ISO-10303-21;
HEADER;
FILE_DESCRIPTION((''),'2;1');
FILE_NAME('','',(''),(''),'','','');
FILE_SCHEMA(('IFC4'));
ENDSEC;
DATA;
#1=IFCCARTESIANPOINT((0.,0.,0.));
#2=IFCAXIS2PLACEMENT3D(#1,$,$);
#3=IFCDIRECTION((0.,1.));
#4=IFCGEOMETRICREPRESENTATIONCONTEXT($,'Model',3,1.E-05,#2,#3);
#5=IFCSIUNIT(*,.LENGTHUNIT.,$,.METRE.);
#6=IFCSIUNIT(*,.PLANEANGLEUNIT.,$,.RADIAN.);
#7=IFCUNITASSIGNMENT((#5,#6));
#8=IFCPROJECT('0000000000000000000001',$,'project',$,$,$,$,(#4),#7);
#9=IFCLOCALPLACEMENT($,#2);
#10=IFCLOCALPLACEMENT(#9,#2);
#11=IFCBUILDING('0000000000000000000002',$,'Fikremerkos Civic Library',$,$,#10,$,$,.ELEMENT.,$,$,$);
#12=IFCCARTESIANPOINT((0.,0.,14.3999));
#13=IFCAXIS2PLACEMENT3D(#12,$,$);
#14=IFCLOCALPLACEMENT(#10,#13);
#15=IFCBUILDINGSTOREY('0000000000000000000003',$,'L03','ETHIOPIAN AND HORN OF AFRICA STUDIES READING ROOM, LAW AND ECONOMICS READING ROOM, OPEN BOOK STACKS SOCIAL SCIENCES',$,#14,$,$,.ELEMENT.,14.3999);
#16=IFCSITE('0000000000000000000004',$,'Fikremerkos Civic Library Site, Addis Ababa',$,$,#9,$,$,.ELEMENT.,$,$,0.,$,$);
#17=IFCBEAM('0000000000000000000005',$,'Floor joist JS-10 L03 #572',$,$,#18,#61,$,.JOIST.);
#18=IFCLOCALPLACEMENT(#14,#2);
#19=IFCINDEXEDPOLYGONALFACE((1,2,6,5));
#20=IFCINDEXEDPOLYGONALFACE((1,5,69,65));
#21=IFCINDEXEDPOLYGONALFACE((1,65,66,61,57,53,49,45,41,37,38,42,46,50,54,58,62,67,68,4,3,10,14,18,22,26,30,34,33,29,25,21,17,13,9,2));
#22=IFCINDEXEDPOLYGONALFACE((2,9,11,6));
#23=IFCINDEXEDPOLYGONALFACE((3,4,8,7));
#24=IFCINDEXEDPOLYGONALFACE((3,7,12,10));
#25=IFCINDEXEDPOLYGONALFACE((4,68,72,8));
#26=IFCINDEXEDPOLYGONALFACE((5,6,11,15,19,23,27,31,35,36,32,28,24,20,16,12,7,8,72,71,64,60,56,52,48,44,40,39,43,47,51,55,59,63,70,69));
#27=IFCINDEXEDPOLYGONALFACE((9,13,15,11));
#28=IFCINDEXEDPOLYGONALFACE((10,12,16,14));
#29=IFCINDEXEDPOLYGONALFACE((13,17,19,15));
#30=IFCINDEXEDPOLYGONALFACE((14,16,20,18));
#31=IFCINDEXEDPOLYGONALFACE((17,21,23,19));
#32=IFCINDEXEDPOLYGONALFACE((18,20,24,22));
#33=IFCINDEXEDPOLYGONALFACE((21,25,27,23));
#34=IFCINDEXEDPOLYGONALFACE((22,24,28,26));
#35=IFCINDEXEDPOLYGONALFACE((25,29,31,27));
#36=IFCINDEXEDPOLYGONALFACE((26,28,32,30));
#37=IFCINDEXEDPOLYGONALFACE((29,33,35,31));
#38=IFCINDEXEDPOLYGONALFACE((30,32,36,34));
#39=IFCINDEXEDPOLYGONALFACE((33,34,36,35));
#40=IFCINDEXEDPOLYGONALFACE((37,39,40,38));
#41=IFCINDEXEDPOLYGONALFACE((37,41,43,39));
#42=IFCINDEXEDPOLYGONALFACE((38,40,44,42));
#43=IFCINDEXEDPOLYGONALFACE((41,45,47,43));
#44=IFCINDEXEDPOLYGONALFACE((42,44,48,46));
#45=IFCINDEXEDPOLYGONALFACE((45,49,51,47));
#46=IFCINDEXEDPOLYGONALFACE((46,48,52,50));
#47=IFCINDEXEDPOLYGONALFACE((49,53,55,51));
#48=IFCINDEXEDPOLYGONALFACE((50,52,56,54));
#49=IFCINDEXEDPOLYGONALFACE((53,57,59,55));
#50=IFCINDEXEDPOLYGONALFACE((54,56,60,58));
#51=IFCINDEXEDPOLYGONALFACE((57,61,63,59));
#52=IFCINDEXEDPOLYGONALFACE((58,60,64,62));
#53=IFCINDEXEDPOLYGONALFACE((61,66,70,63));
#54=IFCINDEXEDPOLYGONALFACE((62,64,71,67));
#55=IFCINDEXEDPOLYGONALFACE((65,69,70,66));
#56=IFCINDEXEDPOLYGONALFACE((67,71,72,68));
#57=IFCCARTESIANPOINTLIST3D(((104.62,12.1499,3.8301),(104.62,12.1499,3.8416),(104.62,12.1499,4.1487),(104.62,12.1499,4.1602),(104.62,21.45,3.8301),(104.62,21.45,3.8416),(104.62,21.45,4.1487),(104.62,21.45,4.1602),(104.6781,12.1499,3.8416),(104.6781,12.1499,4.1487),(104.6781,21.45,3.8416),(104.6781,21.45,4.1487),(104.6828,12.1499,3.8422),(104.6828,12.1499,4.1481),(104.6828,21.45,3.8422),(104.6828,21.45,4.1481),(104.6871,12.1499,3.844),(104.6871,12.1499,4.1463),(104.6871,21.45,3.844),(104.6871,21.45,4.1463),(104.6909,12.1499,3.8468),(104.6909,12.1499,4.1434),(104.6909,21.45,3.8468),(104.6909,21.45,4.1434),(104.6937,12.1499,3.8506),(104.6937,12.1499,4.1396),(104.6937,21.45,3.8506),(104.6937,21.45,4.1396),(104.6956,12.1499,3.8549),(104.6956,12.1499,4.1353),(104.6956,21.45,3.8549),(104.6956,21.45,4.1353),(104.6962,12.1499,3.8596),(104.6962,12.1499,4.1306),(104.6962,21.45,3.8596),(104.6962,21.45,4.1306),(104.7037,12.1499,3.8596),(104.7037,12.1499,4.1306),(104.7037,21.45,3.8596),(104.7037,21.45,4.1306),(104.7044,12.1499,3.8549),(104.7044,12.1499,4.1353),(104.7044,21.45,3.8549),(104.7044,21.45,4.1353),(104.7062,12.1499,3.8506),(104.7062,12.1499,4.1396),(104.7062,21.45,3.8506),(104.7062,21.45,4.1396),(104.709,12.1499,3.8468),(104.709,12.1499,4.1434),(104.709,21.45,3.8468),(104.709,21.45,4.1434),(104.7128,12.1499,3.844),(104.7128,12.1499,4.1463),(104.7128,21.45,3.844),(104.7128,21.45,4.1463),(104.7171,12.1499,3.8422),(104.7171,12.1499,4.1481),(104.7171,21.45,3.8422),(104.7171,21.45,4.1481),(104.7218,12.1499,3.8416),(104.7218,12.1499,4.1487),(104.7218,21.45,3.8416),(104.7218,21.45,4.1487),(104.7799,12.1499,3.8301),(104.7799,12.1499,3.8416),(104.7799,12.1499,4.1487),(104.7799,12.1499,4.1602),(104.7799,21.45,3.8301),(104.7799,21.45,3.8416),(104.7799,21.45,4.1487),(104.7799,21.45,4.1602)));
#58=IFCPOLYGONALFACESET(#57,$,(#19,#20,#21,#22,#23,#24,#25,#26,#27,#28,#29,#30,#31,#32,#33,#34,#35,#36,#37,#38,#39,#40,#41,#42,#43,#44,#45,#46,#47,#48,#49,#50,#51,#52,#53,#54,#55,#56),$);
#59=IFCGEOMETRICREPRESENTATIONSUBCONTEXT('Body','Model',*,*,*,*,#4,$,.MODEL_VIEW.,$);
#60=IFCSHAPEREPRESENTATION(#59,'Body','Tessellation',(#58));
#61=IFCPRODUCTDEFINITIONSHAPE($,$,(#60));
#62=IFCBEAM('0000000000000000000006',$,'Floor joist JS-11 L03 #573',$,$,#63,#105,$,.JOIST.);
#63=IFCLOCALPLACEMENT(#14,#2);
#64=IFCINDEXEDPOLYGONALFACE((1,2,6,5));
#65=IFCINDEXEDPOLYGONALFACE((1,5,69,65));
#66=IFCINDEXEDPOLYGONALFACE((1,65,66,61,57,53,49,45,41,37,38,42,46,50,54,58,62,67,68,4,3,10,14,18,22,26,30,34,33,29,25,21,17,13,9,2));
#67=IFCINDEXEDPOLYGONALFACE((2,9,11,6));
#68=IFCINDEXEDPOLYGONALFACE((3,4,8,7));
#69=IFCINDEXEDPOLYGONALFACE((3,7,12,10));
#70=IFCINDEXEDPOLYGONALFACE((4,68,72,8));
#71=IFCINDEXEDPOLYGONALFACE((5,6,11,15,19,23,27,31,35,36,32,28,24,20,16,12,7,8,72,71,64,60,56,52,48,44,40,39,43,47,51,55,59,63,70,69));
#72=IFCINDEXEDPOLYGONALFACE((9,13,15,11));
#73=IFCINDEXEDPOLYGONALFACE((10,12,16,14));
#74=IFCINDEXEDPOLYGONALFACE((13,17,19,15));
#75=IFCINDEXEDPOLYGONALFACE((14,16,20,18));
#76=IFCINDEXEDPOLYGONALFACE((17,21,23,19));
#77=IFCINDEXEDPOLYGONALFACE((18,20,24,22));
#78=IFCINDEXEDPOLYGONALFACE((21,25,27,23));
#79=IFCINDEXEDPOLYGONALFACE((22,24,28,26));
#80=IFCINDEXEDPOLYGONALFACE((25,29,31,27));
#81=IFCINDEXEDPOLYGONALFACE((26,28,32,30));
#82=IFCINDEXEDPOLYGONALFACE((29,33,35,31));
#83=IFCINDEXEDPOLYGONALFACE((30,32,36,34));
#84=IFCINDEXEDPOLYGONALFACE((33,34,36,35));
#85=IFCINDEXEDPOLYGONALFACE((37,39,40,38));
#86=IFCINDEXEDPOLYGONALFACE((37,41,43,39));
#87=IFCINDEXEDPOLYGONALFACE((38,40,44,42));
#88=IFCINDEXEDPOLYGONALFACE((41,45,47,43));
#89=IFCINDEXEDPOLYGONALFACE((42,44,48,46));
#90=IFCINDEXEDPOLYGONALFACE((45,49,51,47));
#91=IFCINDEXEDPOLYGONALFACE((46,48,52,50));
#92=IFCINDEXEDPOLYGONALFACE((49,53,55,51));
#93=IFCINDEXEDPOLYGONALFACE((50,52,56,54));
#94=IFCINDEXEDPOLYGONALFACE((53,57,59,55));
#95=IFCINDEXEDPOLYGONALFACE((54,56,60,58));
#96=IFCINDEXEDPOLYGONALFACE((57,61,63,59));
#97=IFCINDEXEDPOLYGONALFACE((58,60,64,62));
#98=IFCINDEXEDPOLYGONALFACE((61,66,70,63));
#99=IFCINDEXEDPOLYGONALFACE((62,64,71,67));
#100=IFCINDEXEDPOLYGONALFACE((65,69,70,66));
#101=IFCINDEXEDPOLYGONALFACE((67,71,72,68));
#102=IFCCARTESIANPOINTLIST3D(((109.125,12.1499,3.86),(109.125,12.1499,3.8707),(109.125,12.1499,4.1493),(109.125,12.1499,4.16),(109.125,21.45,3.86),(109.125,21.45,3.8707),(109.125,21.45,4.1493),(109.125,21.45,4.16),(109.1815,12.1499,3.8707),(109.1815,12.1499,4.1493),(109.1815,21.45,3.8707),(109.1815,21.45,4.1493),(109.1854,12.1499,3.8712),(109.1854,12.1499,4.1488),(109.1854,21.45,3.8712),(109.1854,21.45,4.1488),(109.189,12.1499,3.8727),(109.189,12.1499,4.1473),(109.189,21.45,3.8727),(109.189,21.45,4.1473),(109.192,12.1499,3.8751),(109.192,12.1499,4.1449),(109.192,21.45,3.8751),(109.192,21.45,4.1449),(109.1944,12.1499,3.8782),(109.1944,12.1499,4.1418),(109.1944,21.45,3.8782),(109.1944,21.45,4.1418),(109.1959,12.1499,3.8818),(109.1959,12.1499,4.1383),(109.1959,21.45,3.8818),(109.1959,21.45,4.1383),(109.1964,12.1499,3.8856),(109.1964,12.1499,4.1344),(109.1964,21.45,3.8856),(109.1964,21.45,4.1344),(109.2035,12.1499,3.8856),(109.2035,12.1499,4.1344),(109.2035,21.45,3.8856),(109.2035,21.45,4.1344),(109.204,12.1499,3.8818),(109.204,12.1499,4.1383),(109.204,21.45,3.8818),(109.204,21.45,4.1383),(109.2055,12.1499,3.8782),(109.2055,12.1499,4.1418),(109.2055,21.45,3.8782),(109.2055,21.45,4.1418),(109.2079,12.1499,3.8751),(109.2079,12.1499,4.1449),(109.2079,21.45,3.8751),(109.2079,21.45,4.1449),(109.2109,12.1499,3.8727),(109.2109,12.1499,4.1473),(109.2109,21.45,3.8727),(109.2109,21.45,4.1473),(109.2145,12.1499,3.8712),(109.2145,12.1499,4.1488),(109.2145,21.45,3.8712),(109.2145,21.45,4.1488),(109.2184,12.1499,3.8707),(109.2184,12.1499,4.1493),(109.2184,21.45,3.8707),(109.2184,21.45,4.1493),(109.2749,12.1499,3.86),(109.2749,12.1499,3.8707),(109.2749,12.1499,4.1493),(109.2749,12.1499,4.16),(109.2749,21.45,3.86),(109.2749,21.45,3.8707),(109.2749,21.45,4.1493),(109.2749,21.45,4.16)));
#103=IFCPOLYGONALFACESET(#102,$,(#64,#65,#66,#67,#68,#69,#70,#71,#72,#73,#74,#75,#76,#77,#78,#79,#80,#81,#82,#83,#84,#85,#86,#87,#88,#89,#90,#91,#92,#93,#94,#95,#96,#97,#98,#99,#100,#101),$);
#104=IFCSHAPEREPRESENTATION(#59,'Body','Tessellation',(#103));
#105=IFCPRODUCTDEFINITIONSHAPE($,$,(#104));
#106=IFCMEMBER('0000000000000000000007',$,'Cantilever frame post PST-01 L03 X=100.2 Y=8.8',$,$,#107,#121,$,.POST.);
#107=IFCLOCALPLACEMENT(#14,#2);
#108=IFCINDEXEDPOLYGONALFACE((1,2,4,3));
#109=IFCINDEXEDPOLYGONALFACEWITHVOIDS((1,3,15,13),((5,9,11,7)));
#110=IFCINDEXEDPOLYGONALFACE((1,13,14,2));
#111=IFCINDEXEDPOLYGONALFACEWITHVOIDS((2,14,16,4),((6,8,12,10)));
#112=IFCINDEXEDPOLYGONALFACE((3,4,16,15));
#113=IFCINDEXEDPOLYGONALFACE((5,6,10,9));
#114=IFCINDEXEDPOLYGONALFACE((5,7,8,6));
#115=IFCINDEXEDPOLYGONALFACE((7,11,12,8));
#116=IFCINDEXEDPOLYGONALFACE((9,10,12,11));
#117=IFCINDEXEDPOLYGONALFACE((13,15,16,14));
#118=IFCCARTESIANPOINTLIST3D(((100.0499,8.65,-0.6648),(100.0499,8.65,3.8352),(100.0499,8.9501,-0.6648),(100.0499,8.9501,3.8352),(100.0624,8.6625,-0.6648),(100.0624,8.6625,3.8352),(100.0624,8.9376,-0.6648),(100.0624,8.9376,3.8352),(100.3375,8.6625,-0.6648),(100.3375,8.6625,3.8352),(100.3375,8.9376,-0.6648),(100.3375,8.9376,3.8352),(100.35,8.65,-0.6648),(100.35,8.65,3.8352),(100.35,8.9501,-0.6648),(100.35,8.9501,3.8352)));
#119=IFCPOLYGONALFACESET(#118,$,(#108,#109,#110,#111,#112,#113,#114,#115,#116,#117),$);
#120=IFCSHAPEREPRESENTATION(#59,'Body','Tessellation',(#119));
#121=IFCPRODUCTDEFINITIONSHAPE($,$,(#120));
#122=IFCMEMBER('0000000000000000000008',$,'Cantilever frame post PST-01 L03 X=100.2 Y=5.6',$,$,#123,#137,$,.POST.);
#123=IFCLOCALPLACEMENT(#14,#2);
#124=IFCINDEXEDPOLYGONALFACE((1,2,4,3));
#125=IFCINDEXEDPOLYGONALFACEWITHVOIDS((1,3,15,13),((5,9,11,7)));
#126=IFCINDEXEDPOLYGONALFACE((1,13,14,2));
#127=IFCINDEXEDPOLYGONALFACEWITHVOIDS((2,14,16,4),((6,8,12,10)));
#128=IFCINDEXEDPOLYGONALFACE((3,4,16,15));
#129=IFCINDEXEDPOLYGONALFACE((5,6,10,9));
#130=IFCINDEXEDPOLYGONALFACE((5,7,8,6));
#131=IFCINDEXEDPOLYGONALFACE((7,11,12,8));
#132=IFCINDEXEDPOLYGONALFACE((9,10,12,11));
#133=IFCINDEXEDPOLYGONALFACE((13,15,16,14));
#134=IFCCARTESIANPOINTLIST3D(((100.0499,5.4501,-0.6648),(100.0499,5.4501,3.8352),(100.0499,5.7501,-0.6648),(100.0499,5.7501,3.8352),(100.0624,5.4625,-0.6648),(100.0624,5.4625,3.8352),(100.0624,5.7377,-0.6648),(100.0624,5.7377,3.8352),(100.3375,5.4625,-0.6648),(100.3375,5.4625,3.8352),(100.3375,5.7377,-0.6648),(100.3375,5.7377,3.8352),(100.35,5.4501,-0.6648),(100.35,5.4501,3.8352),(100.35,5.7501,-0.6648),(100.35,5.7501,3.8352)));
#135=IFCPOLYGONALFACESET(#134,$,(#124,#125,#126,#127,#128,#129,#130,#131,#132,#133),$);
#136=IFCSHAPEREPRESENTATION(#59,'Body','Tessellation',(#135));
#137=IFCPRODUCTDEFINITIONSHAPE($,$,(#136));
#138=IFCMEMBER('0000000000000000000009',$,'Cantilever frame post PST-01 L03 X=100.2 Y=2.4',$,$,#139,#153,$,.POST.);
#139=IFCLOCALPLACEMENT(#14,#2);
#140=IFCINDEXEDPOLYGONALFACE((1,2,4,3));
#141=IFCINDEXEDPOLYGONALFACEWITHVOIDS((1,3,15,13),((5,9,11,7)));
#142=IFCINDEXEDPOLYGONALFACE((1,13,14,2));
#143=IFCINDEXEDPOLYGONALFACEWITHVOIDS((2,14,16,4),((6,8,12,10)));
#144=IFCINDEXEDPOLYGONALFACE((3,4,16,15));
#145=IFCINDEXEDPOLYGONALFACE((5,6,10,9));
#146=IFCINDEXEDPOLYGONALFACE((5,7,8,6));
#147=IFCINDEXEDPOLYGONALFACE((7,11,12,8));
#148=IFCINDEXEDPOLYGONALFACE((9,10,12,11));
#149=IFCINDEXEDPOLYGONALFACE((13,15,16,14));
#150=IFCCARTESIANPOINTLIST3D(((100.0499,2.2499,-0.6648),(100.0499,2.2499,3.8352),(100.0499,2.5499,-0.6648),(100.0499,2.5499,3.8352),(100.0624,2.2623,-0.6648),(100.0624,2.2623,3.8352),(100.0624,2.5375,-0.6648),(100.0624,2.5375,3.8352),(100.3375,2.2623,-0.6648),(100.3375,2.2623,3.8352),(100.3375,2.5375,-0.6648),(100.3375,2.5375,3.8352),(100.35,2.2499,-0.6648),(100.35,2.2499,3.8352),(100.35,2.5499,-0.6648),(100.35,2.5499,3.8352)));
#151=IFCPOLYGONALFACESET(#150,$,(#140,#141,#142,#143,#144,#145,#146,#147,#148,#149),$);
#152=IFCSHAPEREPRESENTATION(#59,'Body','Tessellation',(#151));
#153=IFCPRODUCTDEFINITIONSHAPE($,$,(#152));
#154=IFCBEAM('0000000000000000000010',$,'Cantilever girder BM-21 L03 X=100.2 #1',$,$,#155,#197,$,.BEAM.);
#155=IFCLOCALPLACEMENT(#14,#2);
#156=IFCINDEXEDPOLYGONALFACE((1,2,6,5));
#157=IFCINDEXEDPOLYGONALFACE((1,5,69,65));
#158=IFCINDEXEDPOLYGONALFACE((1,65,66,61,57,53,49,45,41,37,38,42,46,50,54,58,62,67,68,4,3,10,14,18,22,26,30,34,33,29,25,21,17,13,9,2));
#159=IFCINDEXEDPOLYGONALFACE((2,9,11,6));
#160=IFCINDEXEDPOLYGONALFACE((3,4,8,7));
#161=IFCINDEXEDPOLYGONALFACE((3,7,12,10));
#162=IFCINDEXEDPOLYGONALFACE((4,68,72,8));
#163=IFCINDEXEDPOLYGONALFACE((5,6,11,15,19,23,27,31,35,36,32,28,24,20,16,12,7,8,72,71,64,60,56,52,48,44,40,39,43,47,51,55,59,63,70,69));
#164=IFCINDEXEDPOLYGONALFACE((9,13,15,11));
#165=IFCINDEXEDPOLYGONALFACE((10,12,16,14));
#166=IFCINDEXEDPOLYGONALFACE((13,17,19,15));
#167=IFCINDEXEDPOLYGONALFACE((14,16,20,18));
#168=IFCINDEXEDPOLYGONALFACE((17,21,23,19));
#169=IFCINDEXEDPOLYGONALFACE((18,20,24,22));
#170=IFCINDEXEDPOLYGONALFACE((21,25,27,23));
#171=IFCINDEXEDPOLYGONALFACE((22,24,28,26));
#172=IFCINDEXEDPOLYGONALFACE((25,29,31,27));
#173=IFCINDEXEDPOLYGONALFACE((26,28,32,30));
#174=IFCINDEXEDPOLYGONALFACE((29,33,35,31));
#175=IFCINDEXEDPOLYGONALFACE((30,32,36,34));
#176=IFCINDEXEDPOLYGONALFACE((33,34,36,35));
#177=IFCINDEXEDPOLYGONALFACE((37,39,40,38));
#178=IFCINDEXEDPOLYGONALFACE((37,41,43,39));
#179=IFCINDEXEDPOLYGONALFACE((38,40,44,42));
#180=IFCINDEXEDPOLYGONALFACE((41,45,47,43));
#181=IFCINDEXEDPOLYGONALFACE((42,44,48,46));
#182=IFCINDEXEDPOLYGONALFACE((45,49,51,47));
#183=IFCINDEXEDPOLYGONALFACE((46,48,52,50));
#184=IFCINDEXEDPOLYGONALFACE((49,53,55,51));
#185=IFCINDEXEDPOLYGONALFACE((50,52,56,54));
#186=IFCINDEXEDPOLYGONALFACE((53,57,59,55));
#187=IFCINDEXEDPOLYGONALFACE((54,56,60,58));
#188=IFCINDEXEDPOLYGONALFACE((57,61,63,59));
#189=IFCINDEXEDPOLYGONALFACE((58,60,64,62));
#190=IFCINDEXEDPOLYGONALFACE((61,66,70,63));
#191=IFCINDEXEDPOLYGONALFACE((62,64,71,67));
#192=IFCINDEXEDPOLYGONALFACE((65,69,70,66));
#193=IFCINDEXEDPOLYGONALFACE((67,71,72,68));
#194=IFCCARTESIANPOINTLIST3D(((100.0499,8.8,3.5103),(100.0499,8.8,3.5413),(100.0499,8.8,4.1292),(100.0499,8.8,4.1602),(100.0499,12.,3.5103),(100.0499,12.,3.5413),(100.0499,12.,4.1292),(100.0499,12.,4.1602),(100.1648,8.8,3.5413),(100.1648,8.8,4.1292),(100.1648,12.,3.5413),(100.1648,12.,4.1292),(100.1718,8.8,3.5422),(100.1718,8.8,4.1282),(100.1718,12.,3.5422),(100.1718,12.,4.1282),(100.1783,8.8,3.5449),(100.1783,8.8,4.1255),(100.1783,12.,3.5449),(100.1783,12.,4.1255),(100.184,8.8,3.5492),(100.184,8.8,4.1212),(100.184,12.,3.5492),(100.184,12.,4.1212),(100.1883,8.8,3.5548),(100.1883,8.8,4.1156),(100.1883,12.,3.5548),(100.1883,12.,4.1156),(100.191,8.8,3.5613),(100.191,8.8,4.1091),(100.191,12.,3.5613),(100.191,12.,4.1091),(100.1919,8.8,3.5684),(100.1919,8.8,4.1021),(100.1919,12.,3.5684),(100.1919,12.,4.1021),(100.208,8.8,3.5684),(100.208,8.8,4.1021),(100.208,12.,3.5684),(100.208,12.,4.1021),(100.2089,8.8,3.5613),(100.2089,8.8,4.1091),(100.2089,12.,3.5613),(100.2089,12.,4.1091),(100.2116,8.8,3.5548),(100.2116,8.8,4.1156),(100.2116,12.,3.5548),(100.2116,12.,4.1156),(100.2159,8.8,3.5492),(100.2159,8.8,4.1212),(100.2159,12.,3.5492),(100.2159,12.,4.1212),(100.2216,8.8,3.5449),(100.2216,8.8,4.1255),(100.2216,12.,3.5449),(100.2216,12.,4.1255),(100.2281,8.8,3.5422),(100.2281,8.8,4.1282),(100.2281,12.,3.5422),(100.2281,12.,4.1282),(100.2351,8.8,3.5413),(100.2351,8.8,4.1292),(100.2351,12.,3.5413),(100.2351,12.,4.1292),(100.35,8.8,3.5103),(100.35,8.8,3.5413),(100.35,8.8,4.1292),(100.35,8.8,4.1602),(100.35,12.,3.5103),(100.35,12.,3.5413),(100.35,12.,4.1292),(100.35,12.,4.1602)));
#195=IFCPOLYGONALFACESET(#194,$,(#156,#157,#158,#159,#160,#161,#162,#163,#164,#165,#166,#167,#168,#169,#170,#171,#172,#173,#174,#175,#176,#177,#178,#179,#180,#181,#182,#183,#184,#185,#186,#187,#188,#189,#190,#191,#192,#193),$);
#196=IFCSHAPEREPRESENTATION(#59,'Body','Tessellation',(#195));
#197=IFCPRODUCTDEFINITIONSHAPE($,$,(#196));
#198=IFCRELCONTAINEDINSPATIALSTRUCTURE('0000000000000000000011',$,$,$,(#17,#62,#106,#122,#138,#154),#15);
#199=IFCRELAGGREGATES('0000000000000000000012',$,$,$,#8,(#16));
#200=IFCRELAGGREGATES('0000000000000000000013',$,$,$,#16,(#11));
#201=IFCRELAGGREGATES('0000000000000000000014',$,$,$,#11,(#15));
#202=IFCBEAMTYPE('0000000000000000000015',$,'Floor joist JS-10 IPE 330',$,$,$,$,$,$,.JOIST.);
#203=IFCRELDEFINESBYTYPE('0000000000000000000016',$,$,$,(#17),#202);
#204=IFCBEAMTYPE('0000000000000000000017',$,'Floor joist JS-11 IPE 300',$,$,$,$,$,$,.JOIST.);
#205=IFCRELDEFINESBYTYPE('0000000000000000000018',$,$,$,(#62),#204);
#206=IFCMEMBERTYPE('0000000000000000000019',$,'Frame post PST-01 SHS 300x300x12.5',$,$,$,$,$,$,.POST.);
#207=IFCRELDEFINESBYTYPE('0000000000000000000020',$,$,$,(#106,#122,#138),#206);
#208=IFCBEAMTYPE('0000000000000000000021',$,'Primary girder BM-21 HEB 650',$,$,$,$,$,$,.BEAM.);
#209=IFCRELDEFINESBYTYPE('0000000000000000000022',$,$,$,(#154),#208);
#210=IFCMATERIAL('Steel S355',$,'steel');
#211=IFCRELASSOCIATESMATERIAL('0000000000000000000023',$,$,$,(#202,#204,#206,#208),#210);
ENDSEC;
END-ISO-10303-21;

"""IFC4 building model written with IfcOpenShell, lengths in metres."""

from ifc_helpers import new_model, si_unit, direction, frame, origin, origin_2d, place, context, subcontext, project, spatial, hollow_rectangle, i_section, extrude, material, material_profile, profile_set, type_object, element, save


model = new_model("IFC4")

# Units and contexts
model_context = context("Model", 3, precision=1e-05, world=origin(), true_north=direction((0.0, 1.0)))
body_context = subcontext(model_context, "Body", "Model", "MODEL_VIEW")
ifc_project = project(units=[si_unit("LENGTHUNIT", "METRE"), si_unit("PLANEANGLEUNIT", "RADIAN")], contexts=[model_context])

# Site, building, storey
site_placement = place(None, origin())
site = spatial("IfcSite", under=ifc_project, at=site_placement, Name="Fikremerkos Civic Library Site, Addis Ababa", CompositionType="ELEMENT", RefElevation=0.0)
building_placement = place(site_placement, origin())
building = spatial("IfcBuilding", under=site, at=building_placement, Name="Fikremerkos Civic Library", CompositionType="ELEMENT")
storey_placement = place(building_placement, frame((0.0, 0.0, 14.3999)))
storey = spatial("IfcBuildingStorey", under=building, at=storey_placement, Name="L03", Description="ETHIOPIAN AND HORN OF AFRICA STUDIES READING ROOM, LAW AND ECONOMICS READING ROOM, OPEN BOOK STACKS SOCIAL SCIENCES", CompositionType="ELEMENT", Elevation=14.3999)

# Beams
ifc_material_1 = material(Name="Steel S355", Category="steel")
ifc_material_profile_1 = material_profile(ifc_material_1, i_section(OverallWidth=0.1599, OverallDepth=0.3301, WebThickness=0.0076, FlangeThickness=0.0115, FilletRadius=0.0181, at=origin_2d()), Name="IPE 330")
ifc_profile_set_1 = profile_set([ifc_material_profile_1], Name="Steel S355")
beam_type_1 = type_object("IfcBeamType", Name="Floor joist JS-10 IPE 330", PredefinedType="JOIST", material=ifc_profile_set_1)
beam_1_placement = place(storey_placement, frame((104.7, 12.1499, 3.9951), z_axis=(0.0, 1.0, 0.0), x_axis=(-1.0, 0.0, 0.0)))
element("IfcBeam", 1, at=beam_1_placement, inside=storey, type_object=beam_type_1, Name="Floor joist JS-10 L03 #572", PredefinedType="JOIST", context=body_context, shape_type="SweptSolid", body=[
    extrude(i_section(OverallWidth=0.1599, OverallDepth=0.3301, WebThickness=0.0076, FlangeThickness=0.0115, FilletRadius=0.0181, at=origin_2d()), origin(), (0.0, 0.0, 1.0), 9.3),
])
ifc_material_profile_2 = material_profile(ifc_material_1, i_section(OverallWidth=0.1499, OverallDepth=0.3, WebThickness=0.0071, FlangeThickness=0.0107, FilletRadius=0.0149, at=origin_2d()), Name="IPE 300")
ifc_profile_set_2 = profile_set([ifc_material_profile_2], Name="Steel S355")
beam_type_2 = type_object("IfcBeamType", Name="Floor joist JS-11 IPE 300", PredefinedType="JOIST", material=ifc_profile_set_2)
beam_2_placement = place(storey_placement, frame((109.2, 12.1499, 4.01), z_axis=(0.0, 1.0, 0.0), x_axis=(-1.0, 0.0, 0.0)))
element("IfcBeam", 2, at=beam_2_placement, inside=storey, type_object=beam_type_2, Name="Floor joist JS-11 L03 #573", PredefinedType="JOIST", context=body_context, shape_type="SweptSolid", body=[
    extrude(i_section(OverallWidth=0.1499, OverallDepth=0.3, WebThickness=0.0071, FlangeThickness=0.0107, FilletRadius=0.0149, at=origin_2d()), origin(), (0.0, 0.0, 1.0), 9.3),
])

# Members
ifc_material_profile_3 = material_profile(ifc_material_1, hollow_rectangle(XDim=0.3, YDim=0.3, WallThickness=0.0125, at=origin_2d()), Name="SHS 300x300x12.5")
ifc_profile_set_3 = profile_set([ifc_material_profile_3], Name="Steel S355")
member_type = type_object("IfcMemberType", Name="Frame post PST-01 SHS 300x300x12.5", PredefinedType="POST", material=ifc_profile_set_3)
for number, where, z_axis, x_axis, name in (
    (3, (100.2, 8.8, -0.6648), (0.0, 0.0, 1.0), (1.0, 0.0, 0.0), "Cantilever frame post PST-01 L03 X=100.2 Y=8.8"),
    (4, (100.2, 5.6001, -0.6648), (0.0, 0.0, 1.0), (1.0, 0.0, 0.0), "Cantilever frame post PST-01 L03 X=100.2 Y=5.6"),
    (5, (100.2, 2.3999, -0.6648), (0.0, 0.0, 1.0), (1.0, 0.0, 0.0), "Cantilever frame post PST-01 L03 X=100.2 Y=2.4"),
):
    element("IfcMember", number, at=place(storey_placement, frame(where, z_axis=z_axis, x_axis=x_axis)), inside=storey, type_object=member_type, Name=name, PredefinedType="POST", context=body_context, shape_type="SweptSolid", body=[
        extrude(hollow_rectangle(XDim=0.3, YDim=0.3, WallThickness=0.0125, at=origin_2d()), origin(), (0.0, 0.0, 1.0), 4.5),
    ])

# Beam
ifc_material_profile_4 = material_profile(ifc_material_1, i_section(OverallWidth=0.3, OverallDepth=0.6499, WebThickness=0.0161, FlangeThickness=0.031, FilletRadius=0.0271, at=origin_2d()), Name="HEB 650")
ifc_profile_set_4 = profile_set([ifc_material_profile_4], Name="Steel S355")
beam_type_3 = type_object("IfcBeamType", Name="Primary girder BM-21 HEB 650", PredefinedType="BEAM", material=ifc_profile_set_4)
for number, where, z_axis, x_axis, name in (
    (6, (100.2, 12.0, 3.8352), (0.0, -1.0, 0.0), (1.0, 0.0, 0.0), "Cantilever girder BM-21 L03 X=100.2 #1"),
):
    element("IfcBeam", number, at=place(storey_placement, frame(where, z_axis=z_axis, x_axis=x_axis)), inside=storey, type_object=beam_type_3, Name=name, PredefinedType="BEAM", context=body_context, shape_type="SweptSolid", body=[
        extrude(i_section(OverallWidth=0.3, OverallDepth=0.6499, WebThickness=0.0161, FlangeThickness=0.031, FilletRadius=0.0271, at=origin_2d()), origin(), (0.0, 0.0, 1.0), 3.2),
    ])

save(model, "model.ifc")
